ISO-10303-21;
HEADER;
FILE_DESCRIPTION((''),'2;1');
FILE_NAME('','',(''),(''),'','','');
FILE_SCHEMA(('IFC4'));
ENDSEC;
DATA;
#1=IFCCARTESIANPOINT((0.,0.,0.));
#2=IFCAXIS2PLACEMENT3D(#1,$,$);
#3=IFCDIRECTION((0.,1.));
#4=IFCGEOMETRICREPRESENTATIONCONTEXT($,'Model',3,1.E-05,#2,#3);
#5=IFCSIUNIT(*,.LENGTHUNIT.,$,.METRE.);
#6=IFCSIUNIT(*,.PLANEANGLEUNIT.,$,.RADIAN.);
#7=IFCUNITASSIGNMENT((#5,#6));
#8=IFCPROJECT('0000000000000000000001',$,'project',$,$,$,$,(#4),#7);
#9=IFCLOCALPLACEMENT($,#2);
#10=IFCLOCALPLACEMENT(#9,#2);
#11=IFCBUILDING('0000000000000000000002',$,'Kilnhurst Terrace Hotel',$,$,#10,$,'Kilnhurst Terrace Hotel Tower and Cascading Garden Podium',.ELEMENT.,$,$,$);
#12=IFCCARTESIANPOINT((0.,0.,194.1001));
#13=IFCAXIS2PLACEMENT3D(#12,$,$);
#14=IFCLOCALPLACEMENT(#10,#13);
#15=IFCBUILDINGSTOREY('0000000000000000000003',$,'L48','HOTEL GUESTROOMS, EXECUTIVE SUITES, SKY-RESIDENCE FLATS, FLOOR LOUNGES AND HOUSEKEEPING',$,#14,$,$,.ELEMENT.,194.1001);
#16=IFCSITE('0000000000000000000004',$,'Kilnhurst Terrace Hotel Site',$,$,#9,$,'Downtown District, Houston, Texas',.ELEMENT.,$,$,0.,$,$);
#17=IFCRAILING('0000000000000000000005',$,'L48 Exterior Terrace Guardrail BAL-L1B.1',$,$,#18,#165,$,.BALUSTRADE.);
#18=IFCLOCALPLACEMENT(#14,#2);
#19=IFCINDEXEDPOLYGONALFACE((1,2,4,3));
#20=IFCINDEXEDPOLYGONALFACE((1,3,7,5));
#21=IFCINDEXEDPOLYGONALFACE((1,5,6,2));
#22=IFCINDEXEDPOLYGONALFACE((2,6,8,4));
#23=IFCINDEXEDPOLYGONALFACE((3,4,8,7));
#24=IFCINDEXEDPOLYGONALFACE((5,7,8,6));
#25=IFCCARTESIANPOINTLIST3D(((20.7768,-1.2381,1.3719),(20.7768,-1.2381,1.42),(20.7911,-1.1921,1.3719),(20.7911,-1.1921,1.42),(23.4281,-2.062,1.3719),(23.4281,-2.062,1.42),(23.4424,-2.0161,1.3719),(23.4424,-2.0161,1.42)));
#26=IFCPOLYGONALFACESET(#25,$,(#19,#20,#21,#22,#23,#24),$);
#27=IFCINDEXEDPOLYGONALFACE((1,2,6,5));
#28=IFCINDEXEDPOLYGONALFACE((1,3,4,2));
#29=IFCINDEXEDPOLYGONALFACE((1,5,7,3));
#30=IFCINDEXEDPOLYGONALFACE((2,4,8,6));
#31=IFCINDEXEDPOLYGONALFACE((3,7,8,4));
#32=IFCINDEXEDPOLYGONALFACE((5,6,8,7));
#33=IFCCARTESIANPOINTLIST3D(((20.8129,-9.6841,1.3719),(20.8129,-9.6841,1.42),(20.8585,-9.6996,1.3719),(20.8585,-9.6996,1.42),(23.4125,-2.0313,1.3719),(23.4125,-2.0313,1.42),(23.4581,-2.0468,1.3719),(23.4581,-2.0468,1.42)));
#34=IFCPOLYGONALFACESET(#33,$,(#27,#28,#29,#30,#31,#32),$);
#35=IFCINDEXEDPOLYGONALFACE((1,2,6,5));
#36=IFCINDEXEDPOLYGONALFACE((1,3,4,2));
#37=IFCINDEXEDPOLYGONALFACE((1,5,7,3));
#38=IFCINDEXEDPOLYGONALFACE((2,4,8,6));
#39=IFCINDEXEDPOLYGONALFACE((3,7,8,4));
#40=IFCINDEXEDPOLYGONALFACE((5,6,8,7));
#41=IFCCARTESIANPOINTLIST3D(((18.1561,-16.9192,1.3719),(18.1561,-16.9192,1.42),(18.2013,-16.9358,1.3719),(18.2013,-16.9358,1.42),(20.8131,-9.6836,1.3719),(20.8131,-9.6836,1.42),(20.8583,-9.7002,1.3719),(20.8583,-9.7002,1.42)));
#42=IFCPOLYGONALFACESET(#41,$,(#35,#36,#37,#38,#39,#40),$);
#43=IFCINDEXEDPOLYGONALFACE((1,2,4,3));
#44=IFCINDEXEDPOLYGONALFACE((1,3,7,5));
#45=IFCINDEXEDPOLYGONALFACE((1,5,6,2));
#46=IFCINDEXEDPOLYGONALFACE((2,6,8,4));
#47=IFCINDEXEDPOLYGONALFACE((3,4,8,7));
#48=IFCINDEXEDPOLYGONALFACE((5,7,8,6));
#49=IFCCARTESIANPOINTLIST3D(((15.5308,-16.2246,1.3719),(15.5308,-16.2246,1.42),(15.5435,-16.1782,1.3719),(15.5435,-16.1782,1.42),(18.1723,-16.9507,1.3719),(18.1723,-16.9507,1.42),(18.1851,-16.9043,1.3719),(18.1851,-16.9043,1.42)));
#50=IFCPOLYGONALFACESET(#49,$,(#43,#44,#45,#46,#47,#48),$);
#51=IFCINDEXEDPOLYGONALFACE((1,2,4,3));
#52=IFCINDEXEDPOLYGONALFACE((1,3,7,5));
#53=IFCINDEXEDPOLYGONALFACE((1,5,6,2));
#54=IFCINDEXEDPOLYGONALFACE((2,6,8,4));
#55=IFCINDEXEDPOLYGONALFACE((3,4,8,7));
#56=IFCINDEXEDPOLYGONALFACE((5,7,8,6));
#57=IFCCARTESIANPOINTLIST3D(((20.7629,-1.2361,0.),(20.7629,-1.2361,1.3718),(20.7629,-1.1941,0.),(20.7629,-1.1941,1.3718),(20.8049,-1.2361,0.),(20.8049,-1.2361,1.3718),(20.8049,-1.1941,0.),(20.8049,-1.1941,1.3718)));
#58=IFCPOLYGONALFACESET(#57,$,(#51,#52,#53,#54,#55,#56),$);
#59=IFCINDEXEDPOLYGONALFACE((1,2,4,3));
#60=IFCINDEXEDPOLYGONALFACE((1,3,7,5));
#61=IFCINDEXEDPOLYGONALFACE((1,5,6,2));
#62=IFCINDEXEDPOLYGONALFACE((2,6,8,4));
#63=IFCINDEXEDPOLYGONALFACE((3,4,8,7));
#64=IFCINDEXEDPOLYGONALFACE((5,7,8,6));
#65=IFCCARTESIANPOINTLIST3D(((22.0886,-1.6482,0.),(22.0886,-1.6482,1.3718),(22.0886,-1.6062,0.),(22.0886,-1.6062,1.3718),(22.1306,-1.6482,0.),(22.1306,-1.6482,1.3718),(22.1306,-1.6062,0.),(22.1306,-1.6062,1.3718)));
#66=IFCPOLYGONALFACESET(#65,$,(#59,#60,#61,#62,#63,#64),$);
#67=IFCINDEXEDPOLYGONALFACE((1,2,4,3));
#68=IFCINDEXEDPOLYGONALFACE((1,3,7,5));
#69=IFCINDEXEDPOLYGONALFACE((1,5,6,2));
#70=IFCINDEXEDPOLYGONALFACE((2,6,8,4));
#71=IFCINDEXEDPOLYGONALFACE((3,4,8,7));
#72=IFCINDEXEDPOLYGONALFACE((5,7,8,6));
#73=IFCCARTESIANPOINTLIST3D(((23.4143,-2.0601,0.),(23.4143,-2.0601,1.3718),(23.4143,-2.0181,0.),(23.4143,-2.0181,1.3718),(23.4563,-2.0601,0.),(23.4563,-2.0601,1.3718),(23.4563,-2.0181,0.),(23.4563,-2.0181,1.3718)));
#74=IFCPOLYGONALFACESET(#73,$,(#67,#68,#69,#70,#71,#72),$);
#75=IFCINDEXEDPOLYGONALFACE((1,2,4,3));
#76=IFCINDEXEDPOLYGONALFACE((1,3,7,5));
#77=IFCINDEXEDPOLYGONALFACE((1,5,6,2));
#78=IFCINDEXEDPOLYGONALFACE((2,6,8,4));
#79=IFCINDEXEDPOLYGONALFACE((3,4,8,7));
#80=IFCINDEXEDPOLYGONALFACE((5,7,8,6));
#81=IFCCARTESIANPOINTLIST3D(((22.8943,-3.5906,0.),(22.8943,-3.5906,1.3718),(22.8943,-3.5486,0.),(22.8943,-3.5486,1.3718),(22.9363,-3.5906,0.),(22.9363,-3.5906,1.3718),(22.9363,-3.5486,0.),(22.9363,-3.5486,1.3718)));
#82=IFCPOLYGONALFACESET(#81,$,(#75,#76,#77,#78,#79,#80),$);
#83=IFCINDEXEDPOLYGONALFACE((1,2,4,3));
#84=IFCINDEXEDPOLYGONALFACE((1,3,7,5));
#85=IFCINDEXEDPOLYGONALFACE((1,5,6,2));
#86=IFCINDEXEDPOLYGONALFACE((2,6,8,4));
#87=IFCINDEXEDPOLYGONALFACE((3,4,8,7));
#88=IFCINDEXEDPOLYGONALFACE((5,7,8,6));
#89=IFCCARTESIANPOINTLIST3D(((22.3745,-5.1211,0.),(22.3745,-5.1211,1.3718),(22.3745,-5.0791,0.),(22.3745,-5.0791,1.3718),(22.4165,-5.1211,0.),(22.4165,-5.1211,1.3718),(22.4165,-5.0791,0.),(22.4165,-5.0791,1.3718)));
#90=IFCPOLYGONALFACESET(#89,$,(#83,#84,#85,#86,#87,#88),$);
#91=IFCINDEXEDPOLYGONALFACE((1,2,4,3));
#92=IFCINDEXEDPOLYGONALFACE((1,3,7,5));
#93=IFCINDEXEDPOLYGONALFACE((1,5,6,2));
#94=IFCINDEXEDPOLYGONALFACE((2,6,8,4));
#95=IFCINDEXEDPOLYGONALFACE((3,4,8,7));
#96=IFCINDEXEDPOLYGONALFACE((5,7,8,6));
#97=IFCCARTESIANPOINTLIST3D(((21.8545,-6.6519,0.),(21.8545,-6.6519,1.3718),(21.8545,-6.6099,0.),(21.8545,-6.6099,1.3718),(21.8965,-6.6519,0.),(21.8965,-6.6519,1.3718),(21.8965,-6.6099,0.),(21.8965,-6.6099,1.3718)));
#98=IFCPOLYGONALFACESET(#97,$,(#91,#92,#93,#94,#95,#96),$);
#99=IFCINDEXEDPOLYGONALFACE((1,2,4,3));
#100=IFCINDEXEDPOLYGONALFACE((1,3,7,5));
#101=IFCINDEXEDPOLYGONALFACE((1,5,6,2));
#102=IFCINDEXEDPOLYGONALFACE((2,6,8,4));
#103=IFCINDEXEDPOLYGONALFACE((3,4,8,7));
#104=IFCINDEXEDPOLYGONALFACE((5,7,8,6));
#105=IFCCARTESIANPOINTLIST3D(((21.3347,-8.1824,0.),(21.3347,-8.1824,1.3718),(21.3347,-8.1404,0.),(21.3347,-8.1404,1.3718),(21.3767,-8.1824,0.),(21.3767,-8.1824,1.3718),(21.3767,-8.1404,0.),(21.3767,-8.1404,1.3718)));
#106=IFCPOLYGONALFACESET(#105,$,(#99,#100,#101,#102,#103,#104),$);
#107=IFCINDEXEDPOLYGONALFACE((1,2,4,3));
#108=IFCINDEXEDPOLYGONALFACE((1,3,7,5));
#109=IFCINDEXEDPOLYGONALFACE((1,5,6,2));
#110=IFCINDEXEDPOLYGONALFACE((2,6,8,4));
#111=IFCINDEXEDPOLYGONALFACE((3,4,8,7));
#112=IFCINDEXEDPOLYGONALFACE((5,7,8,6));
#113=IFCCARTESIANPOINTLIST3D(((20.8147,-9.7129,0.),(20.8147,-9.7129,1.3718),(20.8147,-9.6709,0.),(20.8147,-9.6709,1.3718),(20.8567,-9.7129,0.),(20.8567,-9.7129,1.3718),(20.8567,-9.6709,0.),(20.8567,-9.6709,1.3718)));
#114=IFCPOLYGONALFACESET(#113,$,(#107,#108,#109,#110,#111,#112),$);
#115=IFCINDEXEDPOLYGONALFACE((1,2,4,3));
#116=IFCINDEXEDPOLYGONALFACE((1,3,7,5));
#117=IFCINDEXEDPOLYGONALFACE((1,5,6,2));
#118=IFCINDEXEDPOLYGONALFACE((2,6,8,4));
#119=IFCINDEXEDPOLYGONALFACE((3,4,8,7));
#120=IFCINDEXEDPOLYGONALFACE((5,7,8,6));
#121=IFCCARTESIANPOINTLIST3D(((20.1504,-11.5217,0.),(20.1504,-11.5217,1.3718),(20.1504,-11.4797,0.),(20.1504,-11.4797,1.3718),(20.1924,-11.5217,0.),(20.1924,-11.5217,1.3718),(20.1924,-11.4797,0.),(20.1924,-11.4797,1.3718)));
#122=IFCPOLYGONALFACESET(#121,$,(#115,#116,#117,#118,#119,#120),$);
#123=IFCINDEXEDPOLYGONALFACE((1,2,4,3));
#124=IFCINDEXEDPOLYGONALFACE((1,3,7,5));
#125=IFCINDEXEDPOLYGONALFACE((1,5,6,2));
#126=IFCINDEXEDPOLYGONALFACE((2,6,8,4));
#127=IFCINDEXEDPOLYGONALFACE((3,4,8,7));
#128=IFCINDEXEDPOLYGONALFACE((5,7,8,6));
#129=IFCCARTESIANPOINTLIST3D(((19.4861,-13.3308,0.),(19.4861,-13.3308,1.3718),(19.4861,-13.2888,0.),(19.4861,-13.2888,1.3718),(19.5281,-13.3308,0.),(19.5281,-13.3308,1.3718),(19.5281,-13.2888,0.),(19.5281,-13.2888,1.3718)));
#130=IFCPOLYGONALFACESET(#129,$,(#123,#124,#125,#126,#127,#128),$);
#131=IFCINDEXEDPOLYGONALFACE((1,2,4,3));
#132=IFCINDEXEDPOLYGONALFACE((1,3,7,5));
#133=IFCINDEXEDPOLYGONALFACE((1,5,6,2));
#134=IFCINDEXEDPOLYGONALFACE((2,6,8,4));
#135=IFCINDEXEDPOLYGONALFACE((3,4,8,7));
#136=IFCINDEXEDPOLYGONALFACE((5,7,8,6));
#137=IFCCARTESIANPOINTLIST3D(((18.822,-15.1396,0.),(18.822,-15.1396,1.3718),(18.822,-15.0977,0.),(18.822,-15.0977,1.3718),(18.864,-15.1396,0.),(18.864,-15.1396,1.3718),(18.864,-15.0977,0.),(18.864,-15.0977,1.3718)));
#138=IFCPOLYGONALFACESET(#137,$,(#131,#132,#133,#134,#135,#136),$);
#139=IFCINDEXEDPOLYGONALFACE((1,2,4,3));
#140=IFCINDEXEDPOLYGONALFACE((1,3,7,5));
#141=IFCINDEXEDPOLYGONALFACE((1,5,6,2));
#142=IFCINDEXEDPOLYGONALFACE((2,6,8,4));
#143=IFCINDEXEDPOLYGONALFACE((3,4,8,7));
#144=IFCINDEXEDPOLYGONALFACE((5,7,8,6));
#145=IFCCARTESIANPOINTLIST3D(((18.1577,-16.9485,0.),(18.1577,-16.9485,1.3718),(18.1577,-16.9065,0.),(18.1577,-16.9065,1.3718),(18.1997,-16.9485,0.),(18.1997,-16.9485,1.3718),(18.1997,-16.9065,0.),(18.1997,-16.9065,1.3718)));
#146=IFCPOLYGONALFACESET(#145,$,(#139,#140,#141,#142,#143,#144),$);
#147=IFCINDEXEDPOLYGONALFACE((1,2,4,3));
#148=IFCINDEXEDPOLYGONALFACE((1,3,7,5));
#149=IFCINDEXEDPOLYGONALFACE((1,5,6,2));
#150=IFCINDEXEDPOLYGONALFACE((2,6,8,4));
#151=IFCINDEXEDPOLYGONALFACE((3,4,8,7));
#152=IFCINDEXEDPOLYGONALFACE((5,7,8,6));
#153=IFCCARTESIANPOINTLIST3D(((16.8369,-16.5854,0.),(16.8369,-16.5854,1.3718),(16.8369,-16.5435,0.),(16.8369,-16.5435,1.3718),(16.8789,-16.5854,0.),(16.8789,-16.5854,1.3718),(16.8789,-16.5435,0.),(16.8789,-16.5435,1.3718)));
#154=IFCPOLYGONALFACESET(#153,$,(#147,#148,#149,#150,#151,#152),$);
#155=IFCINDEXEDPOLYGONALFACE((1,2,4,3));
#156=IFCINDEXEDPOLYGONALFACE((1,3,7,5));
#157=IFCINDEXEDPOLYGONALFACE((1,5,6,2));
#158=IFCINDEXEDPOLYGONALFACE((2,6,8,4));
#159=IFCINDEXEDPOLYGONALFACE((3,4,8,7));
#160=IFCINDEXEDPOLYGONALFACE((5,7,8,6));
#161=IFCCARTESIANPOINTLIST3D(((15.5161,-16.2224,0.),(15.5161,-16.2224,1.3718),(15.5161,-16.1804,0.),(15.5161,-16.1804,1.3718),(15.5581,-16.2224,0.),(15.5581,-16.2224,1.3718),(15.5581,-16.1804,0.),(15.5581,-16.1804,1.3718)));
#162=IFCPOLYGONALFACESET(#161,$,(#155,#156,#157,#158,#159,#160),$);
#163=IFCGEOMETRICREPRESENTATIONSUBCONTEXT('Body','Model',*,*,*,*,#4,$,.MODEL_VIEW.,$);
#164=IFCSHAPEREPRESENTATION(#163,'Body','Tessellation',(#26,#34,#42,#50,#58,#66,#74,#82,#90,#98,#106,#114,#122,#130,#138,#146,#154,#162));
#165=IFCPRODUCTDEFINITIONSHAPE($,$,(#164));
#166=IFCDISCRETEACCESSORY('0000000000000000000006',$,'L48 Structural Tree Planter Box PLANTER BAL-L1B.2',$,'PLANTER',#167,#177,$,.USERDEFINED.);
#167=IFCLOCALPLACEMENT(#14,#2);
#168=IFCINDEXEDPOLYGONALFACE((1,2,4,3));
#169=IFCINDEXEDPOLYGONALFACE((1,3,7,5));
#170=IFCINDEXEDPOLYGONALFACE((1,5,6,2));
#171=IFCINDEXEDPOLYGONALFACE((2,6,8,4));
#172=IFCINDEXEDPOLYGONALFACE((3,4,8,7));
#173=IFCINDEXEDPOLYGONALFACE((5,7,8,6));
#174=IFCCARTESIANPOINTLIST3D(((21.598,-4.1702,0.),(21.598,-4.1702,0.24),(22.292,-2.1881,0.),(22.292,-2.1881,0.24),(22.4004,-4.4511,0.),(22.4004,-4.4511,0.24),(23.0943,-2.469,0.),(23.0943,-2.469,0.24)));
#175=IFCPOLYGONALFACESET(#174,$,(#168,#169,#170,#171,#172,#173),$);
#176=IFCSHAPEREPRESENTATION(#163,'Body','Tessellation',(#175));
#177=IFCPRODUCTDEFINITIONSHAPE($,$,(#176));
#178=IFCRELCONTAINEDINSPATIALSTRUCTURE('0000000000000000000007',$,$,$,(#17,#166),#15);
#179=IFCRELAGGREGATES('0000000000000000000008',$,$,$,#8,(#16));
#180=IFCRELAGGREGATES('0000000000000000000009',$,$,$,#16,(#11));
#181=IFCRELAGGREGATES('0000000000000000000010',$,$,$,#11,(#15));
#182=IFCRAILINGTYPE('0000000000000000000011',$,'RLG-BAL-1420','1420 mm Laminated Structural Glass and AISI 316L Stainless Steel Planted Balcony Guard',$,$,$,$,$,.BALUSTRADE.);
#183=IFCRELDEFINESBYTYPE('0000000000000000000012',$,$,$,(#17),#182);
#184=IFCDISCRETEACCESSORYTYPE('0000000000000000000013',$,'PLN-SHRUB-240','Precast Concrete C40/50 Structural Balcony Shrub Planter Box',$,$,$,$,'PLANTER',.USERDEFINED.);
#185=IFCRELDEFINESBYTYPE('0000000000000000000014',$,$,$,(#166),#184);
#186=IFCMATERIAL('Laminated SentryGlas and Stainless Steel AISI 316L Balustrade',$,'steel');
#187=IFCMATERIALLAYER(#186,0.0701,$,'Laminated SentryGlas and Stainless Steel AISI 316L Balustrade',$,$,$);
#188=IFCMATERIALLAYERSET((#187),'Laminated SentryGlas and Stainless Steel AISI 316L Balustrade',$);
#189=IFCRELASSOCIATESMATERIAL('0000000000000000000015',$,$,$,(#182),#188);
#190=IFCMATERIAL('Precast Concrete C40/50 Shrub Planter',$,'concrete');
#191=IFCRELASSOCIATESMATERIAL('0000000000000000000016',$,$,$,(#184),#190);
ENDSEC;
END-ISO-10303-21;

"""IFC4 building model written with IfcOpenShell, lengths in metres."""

from ifc_helpers import new_model, si_unit, direction, frame, origin, origin_2d, place, context, subcontext, project, spatial, rectangle, extrude, material, layer, layer_set, type_object, element, save


model = new_model("IFC4")

# Units and contexts
model_context = context("Model", 3, precision=1e-05, world=origin(), true_north=direction((0.0, 1.0)))
body_context = subcontext(model_context, "Body", "Model", "MODEL_VIEW")
ifc_project = project(units=[si_unit("LENGTHUNIT", "METRE"), si_unit("PLANEANGLEUNIT", "RADIAN")], contexts=[model_context])

# Site, building, storey
site_placement = place(None, origin())
site = spatial("IfcSite", under=ifc_project, at=site_placement, Name="Kilnhurst Terrace Hotel Site", LongName="Downtown District, Houston, Texas", CompositionType="ELEMENT", RefElevation=0.0)
building_placement = place(site_placement, origin())
building = spatial("IfcBuilding", under=site, at=building_placement, Name="Kilnhurst Terrace Hotel", LongName="Kilnhurst Terrace Hotel Tower and Cascading Garden Podium", CompositionType="ELEMENT")
storey_placement = place(building_placement, frame((0.0, 0.0, 194.1001)))
storey = spatial("IfcBuildingStorey", under=building, at=storey_placement, Name="L48", Description="HOTEL GUESTROOMS, EXECUTIVE SUITES, SKY-RESIDENCE FLATS, FLOOR LOUNGES AND HOUSEKEEPING", CompositionType="ELEMENT", Elevation=194.1001)

# Railing
ifc_material_1 = material(Name="Laminated SentryGlas and Stainless Steel AISI 316L Balustrade", Category="steel")
ifc_layer_1 = layer(ifc_material_1, 0.0701, Name="Laminated SentryGlas and Stainless Steel AISI 316L Balustrade")
ifc_layer_set_1 = layer_set([ifc_layer_1], Name="Laminated SentryGlas and Stainless Steel AISI 316L Balustrade")
railing_type = type_object("IfcRailingType", Name="RLG-BAL-1420", Description="1420 mm Laminated Structural Glass and AISI 316L Stainless Steel Planted Balcony Guard", PredefinedType="BALUSTRADE", material=ifc_layer_set_1)
railing_placement = place(storey_placement, frame((20.7839, -1.2151, 0.0)))
element("IfcRailing", 1, at=railing_placement, inside=storey, type_object=railing_type, Name="L48 Exterior Terrace Guardrail BAL-L1B.1", PredefinedType="BALUSTRADE", context=body_context, shape_type="SweptSolid", body=[
    extrude(rectangle(XDim=0.0481, YDim=0.0481, at=origin_2d()), frame((0.0, 0.0, 1.396), z_axis=(0.954948, -0.296773, 0.0), x_axis=(0.296773, 0.954948, 0.0)), (0.0, 0.0, 1.0), 2.7764),
    extrude(rectangle(XDim=0.0481, YDim=0.0481, at=origin_2d()), frame((2.6514, -0.824, 1.396), z_axis=(-0.321642, -0.946861, 0.0), x_axis=(0.946861, -0.321642, 0.0)), (0.0, 0.0, 1.0), 8.0823),
    extrude(rectangle(XDim=0.0481, YDim=0.0481, at=origin_2d()), frame((0.0518, -8.4768, 1.396), z_axis=(-0.344704, -0.938711, 0.0), x_axis=(0.938711, -0.344704, 0.0)), (0.0, 0.0, 1.0), 7.708),
    extrude(rectangle(XDim=0.0481, YDim=0.0481, at=origin_2d()), frame((-2.6052, -15.7124, 1.396), z_axis=(-0.96424, 0.265032, 0.0), x_axis=(-0.265032, -0.96424, 0.0)), (0.0, 0.0, 1.0), 2.7395),
    extrude(rectangle(XDim=0.042, YDim=0.042, at=origin_2d()), origin(), (0.0, 0.0, 1.0), 1.3718),
    extrude(rectangle(XDim=0.042, YDim=0.042, at=origin_2d()), frame((1.3257, -0.4121, 0.0)), (0.0, 0.0, 1.0), 1.3718),
    extrude(rectangle(XDim=0.042, YDim=0.042, at=origin_2d()), frame((2.6514, -0.824, 0.0)), (0.0, 0.0, 1.0), 1.3718),
    extrude(rectangle(XDim=0.042, YDim=0.042, at=origin_2d()), frame((2.1313, -2.3545, 0.0)), (0.0, 0.0, 1.0), 1.3718),
    extrude(rectangle(XDim=0.042, YDim=0.042, at=origin_2d()), frame((1.6116, -3.885, 0.0)), (0.0, 0.0, 1.0), 1.3718),
    extrude(rectangle(XDim=0.042, YDim=0.042, at=origin_2d()), frame((1.0916, -5.4158, 0.0)), (0.0, 0.0, 1.0), 1.3718),
    extrude(rectangle(XDim=0.042, YDim=0.042, at=origin_2d()), frame((0.5718, -6.9463, 0.0)), (0.0, 0.0, 1.0), 1.3718),
    extrude(rectangle(XDim=0.042, YDim=0.042, at=origin_2d()), frame((0.0518, -8.4768, 0.0)), (0.0, 0.0, 1.0), 1.3718),
    extrude(rectangle(XDim=0.042, YDim=0.042, at=origin_2d()), frame((-0.6125, -10.2856, 0.0)), (0.0, 0.0, 1.0), 1.3718),
    extrude(rectangle(XDim=0.042, YDim=0.042, at=origin_2d()), frame((-1.2769, -12.0947, 0.0)), (0.0, 0.0, 1.0), 1.3718),
    extrude(rectangle(XDim=0.042, YDim=0.042, at=origin_2d()), frame((-1.9409, -13.9036, 0.0)), (0.0, 0.0, 1.0), 1.3718),
    extrude(rectangle(XDim=0.042, YDim=0.042, at=origin_2d()), frame((-2.6052, -15.7124, 0.0)), (0.0, 0.0, 1.0), 1.3718),
    extrude(rectangle(XDim=0.042, YDim=0.042, at=origin_2d()), frame((-3.926, -15.3494, 0.0)), (0.0, 0.0, 1.0), 1.3718),
    extrude(rectangle(XDim=0.042, YDim=0.042, at=origin_2d()), frame((-5.2468, -14.9863, 0.0)), (0.0, 0.0, 1.0), 1.3718),
])

# Discrete accessory
ifc_material_2 = material(Name="Precast Concrete C40/50 Shrub Planter", Category="concrete")
discrete_accessory_type = type_object("IfcDiscreteAccessoryType", Name="PLN-SHRUB-240", Description="Precast Concrete C40/50 Structural Balcony Shrub Planter Box", ElementType="PLANTER", PredefinedType="USERDEFINED", material=ifc_material_2)
discrete_accessory_placement = place(storey_placement, frame((22.3462, -3.3196, 0.0), z_axis=(0.0, 0.0, 1.0), x_axis=(0.330432, 0.94383, 0.0)))
element("IfcDiscreteAccessory", 2, at=discrete_accessory_placement, inside=storey, type_object=discrete_accessory_type, Name="L48 Structural Tree Planter Box PLANTER BAL-L1B.2", ObjectType="PLANTER", PredefinedType="USERDEFINED", context=body_context, shape_type="SweptSolid", body=[
    extrude(rectangle(XDim=2.1001, YDim=0.8501, at=origin_2d()), origin(), (0.0, 0.0, 1.0), 0.24),
])

save(model, "model.ifc")
